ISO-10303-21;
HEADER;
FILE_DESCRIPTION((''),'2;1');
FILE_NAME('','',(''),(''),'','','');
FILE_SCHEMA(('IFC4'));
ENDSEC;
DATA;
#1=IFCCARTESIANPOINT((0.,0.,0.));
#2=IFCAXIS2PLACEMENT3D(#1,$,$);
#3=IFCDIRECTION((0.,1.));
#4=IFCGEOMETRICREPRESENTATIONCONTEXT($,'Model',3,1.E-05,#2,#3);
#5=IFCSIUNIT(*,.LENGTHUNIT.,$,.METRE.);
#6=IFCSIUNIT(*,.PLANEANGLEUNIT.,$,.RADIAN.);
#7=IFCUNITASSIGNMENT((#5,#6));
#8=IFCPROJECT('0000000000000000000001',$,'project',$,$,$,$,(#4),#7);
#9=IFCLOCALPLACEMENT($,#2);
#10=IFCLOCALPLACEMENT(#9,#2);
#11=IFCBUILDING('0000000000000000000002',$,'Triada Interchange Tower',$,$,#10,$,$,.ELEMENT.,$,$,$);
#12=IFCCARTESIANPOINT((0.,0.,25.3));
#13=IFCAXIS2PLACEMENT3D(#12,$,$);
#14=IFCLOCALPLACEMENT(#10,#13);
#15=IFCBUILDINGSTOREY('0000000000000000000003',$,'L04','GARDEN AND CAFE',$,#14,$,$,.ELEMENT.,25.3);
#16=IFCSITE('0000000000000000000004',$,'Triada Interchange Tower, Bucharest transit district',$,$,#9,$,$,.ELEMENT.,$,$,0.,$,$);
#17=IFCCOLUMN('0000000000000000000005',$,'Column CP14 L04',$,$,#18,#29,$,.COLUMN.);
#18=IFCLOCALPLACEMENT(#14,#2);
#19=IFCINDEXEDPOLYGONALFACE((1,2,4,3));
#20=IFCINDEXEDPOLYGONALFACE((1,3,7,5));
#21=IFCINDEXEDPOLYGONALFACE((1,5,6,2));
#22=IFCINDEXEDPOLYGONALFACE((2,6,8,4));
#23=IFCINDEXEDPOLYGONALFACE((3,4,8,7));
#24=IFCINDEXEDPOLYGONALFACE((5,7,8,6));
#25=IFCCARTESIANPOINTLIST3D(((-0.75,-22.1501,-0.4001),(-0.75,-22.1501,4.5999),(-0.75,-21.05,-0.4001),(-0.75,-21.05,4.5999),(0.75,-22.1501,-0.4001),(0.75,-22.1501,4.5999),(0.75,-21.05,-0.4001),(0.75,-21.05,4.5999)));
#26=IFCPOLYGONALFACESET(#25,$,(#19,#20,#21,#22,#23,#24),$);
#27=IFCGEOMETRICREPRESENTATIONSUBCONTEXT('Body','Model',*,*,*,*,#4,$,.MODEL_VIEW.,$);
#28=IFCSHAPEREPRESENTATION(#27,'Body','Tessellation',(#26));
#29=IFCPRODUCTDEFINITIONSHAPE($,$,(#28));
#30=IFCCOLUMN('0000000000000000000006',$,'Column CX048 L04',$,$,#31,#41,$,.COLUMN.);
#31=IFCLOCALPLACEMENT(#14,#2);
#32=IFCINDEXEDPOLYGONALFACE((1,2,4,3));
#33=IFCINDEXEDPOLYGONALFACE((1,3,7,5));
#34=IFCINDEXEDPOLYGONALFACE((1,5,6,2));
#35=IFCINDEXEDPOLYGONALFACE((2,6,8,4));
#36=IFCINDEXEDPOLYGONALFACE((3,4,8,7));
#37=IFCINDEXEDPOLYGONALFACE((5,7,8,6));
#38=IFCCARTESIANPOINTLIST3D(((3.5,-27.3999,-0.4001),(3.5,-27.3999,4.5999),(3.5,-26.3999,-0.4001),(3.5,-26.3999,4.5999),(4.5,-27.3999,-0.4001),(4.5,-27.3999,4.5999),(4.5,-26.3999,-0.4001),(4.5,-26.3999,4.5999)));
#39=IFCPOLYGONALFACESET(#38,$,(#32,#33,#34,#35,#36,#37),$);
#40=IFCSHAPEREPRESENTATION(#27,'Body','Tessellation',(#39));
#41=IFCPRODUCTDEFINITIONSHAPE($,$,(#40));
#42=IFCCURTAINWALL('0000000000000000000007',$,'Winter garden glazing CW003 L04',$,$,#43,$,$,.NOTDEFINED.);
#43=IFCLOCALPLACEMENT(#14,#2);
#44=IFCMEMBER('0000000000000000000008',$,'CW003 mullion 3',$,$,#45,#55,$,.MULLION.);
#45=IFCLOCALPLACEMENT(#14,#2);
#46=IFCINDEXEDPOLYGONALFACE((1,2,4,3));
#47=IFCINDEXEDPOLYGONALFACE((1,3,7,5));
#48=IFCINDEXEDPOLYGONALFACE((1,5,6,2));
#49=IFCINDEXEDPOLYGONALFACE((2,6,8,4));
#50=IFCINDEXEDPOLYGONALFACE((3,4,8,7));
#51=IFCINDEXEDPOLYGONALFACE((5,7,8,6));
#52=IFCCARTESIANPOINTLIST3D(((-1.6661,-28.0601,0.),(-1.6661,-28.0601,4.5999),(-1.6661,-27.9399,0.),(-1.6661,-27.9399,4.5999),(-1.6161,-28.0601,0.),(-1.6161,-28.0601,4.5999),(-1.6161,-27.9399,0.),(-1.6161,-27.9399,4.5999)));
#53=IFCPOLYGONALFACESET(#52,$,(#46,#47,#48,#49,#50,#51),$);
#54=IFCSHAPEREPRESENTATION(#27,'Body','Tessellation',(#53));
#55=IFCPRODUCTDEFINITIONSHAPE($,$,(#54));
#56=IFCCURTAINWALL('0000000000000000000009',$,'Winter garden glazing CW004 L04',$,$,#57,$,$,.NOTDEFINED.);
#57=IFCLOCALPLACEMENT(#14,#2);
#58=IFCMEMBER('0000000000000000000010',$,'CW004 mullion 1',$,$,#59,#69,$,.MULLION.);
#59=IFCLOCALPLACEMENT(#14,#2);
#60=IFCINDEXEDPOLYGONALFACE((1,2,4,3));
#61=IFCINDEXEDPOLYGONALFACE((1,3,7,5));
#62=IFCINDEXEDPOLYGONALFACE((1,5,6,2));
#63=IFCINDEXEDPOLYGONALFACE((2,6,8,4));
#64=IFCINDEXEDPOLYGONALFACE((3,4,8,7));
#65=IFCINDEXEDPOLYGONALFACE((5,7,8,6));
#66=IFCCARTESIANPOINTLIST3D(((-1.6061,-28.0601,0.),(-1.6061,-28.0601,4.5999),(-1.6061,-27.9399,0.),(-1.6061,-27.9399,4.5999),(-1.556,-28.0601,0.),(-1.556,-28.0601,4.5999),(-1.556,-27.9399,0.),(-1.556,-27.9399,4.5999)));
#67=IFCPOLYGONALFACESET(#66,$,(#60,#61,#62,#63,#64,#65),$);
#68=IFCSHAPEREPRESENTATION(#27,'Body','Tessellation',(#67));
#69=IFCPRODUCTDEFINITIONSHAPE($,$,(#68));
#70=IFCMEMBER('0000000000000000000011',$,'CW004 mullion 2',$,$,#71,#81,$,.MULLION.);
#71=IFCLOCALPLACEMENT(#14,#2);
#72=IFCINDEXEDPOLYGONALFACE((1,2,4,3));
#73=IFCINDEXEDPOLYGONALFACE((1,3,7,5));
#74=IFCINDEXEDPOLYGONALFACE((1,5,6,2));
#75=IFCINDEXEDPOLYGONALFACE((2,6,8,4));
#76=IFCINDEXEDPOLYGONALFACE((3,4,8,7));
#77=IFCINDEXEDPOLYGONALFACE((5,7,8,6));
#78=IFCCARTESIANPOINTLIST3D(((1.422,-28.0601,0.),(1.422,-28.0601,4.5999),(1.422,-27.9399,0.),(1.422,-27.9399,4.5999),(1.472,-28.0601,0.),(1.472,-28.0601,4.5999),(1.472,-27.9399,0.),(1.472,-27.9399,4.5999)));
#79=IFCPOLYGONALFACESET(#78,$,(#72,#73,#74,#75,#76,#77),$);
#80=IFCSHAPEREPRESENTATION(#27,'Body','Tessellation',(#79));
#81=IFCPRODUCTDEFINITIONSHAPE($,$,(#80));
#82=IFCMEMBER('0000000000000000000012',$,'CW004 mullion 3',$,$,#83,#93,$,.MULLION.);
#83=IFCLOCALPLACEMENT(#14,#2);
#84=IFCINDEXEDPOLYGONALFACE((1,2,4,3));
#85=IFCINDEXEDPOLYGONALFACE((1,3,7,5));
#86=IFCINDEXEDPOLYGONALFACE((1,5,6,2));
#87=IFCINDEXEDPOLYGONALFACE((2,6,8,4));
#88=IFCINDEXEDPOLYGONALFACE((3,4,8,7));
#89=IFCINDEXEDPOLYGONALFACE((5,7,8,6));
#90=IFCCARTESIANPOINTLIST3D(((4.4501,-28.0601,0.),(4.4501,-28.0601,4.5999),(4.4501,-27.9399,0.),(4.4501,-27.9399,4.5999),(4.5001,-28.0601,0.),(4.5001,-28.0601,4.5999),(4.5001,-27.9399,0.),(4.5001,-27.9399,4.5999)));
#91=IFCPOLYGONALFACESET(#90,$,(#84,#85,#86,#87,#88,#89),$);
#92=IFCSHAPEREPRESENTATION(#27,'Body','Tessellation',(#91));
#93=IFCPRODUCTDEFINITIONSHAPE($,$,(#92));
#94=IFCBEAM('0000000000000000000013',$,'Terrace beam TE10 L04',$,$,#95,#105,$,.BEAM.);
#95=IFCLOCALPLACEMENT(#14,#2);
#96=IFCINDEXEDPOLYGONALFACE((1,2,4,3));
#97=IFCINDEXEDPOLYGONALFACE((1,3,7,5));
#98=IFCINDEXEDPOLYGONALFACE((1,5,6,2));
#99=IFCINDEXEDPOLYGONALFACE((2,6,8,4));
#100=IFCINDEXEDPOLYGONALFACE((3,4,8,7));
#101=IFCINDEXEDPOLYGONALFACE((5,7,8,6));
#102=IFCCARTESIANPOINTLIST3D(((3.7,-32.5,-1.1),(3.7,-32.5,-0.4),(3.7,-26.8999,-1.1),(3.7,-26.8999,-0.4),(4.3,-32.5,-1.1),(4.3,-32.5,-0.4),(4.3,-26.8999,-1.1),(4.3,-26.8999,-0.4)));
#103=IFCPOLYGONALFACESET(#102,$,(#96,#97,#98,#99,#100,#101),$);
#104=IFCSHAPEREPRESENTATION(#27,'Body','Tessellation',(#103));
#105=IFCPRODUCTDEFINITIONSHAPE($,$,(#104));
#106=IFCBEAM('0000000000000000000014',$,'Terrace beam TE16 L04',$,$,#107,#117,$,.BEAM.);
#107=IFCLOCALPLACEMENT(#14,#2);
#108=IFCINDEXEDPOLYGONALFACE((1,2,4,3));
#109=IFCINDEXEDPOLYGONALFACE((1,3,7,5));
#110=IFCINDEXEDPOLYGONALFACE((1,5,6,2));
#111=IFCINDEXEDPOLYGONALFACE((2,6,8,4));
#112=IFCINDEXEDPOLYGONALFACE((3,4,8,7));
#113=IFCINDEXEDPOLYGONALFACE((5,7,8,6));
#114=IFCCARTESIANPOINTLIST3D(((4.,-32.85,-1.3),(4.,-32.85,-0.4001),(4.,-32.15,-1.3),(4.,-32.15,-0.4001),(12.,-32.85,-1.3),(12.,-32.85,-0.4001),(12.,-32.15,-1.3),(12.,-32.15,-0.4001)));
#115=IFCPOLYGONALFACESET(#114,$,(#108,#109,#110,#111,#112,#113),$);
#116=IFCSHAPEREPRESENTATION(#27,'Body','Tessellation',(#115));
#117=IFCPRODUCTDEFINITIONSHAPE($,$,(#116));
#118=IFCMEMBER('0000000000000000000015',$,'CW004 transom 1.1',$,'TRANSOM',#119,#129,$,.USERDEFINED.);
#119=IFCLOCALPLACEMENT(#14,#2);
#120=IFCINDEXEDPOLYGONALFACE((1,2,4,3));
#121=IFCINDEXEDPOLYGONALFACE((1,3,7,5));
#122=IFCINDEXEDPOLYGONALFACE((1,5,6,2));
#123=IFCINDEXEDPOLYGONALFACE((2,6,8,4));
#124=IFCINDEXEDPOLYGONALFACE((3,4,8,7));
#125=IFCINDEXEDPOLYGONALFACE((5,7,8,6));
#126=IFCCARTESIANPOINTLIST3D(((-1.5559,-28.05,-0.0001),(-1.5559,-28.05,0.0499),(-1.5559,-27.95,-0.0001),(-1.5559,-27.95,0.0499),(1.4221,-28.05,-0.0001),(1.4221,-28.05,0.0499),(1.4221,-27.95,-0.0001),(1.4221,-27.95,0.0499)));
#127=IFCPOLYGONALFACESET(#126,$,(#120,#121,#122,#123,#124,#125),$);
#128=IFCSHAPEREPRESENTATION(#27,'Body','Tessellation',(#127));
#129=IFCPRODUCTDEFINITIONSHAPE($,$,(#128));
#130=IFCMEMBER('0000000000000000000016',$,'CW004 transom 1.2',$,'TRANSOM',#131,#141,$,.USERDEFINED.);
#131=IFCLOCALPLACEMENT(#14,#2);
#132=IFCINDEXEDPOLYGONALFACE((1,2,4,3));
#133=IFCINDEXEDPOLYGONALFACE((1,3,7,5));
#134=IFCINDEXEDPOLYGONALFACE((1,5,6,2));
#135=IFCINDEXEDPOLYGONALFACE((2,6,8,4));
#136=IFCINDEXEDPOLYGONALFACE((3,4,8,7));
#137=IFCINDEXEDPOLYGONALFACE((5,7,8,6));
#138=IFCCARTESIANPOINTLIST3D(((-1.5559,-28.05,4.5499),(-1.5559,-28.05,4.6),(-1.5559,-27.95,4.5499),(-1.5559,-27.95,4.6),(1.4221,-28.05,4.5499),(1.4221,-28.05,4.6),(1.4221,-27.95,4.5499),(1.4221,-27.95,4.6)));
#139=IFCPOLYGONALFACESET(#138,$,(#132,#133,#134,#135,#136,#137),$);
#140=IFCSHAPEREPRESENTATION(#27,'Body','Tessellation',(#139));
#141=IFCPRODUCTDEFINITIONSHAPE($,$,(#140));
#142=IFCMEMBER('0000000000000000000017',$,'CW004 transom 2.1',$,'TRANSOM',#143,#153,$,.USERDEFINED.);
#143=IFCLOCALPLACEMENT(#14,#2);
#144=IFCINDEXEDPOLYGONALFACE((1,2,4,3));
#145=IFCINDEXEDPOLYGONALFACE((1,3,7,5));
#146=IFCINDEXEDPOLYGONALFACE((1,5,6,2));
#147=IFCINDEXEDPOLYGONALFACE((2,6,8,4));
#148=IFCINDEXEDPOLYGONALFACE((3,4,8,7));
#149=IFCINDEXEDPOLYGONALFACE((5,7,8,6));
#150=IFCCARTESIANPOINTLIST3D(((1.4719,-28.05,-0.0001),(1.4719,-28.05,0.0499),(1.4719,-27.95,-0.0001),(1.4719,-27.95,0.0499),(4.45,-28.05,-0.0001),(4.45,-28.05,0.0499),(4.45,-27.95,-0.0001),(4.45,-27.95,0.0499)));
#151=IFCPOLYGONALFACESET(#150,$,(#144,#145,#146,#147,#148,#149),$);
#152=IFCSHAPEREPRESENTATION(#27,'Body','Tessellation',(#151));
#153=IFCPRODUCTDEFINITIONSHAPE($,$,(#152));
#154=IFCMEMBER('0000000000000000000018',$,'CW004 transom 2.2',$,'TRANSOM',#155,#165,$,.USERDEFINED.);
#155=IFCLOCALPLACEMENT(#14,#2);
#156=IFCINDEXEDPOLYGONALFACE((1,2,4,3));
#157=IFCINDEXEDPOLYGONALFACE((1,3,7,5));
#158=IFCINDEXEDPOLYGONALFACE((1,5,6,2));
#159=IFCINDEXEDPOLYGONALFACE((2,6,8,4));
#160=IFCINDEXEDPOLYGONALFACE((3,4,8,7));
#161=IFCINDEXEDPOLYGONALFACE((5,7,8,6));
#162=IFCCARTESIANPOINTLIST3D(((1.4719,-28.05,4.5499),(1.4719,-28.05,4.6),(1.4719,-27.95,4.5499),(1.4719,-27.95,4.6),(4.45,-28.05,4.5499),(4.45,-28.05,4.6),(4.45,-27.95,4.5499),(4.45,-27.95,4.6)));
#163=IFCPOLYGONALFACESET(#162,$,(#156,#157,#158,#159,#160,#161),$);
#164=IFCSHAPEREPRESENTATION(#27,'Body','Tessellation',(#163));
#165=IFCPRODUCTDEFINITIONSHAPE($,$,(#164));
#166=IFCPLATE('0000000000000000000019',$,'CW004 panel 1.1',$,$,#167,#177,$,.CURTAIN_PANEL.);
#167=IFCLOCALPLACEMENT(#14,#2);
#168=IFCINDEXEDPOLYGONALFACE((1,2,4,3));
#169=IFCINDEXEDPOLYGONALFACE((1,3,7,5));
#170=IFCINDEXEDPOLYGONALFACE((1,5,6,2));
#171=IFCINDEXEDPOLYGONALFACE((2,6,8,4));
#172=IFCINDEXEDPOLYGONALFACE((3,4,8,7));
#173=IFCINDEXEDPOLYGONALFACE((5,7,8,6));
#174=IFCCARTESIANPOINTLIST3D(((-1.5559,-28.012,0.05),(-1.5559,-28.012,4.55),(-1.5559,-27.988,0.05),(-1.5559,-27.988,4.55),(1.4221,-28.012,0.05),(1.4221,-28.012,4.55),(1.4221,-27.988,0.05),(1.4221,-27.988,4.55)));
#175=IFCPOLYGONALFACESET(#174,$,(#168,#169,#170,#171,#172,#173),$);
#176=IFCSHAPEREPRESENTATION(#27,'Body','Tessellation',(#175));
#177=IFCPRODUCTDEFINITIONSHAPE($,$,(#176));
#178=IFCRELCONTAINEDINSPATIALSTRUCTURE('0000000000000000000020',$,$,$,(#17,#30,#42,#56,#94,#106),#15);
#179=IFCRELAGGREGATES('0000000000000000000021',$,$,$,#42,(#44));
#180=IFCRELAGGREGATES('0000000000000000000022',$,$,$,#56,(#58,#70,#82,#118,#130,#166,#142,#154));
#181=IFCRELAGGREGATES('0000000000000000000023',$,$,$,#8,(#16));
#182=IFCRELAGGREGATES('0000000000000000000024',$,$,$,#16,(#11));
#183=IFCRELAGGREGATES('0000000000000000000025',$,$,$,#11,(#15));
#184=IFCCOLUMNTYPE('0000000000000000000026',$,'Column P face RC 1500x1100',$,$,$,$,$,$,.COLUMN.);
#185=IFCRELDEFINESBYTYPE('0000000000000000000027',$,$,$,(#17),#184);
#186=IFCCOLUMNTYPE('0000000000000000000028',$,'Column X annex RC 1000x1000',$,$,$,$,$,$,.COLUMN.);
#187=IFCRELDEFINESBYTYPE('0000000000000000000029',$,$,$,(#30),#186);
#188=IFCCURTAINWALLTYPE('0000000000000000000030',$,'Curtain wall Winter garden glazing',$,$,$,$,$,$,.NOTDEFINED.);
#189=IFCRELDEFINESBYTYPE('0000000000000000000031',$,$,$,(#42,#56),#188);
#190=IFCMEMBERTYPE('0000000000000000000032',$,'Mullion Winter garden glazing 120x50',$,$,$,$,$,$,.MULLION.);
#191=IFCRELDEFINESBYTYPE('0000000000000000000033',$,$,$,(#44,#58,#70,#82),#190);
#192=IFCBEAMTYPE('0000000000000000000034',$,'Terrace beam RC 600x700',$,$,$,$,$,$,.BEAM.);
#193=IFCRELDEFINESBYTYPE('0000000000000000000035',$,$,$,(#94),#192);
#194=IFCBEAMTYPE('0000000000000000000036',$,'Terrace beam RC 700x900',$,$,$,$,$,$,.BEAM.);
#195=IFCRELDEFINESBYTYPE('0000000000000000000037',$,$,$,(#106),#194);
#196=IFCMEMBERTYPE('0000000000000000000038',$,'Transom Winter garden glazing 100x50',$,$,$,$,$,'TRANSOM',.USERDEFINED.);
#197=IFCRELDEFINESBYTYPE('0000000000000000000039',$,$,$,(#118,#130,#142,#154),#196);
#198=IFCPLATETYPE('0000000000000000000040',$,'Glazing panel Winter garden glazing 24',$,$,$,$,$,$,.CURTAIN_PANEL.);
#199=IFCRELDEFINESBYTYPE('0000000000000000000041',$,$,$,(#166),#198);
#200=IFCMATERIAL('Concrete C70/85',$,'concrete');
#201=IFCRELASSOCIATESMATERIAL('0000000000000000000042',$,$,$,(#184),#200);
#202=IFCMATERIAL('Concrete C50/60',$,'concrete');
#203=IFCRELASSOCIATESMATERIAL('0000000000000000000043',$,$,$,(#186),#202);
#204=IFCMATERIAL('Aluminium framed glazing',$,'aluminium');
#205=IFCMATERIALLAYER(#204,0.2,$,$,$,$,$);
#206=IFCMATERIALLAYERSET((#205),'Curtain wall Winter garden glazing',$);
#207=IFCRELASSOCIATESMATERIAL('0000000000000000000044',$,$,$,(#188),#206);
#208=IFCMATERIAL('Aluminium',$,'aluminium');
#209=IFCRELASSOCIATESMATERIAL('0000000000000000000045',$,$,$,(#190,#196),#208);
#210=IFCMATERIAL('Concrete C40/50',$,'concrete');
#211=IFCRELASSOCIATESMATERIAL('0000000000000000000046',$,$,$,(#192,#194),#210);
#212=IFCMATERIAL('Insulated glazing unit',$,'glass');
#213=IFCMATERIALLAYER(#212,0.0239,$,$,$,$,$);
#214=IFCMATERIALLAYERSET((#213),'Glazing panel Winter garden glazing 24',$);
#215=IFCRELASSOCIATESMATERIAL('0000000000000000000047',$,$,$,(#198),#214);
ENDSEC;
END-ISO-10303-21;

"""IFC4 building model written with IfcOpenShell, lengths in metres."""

from ifc_helpers import new_model, si_unit, direction, frame, origin, origin_2d, place, context, subcontext, project, spatial, rectangle, extrude, material, layer, layer_set, material_profile, profile_set, type_object, element, aggregate, save


model = new_model("IFC4")

# Units and contexts
model_context = context("Model", 3, precision=1e-05, world=origin(), true_north=direction((0.0, 1.0)))
body_context = subcontext(model_context, "Body", "Model", "MODEL_VIEW")
ifc_project = project(units=[si_unit("LENGTHUNIT", "METRE"), si_unit("PLANEANGLEUNIT", "RADIAN")], contexts=[model_context])

# Site, building, storey
site_placement = place(None, origin())
site = spatial("IfcSite", under=ifc_project, at=site_placement, Name="Triada Interchange Tower, Bucharest transit district", CompositionType="ELEMENT", RefElevation=0.0)
building_placement = place(site_placement, origin())
building = spatial("IfcBuilding", under=site, at=building_placement, Name="Triada Interchange Tower", CompositionType="ELEMENT")
storey_placement = place(building_placement, frame((0.0, 0.0, 25.3)))
storey = spatial("IfcBuildingStorey", under=building, at=storey_placement, Name="L04", Description="GARDEN AND CAFE", CompositionType="ELEMENT", Elevation=25.3)

# Columns
ifc_material_1 = material(Name="Concrete C70/85", Category="concrete")
ifc_material_profile_1 = material_profile(ifc_material_1, rectangle(XDim=1.5, YDim=1.1001, at=origin_2d()), Name="RC 1500x1100")
ifc_profile_set_1 = profile_set([ifc_material_profile_1], Name="Concrete C70/85")
column_type_1 = type_object("IfcColumnType", Name="Column P face RC 1500x1100", PredefinedType="COLUMN", material=ifc_profile_set_1)
column_1_placement = place(storey_placement, frame((0.0, -21.6001, -0.4001), z_axis=(0.0, 0.0, 1.0), x_axis=(1.0, 0.0, 0.0)))
element("IfcColumn", 1, at=column_1_placement, inside=storey, type_object=column_type_1, Name="Column CP14 L04", PredefinedType="COLUMN", context=body_context, shape_type="SweptSolid", body=[
    extrude(rectangle(XDim=1.5, YDim=1.1001, at=origin_2d()), origin(), (0.0, 0.0, 1.0), 5.0),
])
ifc_material_2 = material(Name="Concrete C50/60", Category="concrete")
ifc_material_profile_2 = material_profile(ifc_material_2, rectangle(XDim=1.0, YDim=1.0, at=origin_2d()), Name="RC 1000x1000")
ifc_profile_set_2 = profile_set([ifc_material_profile_2], Name="Concrete C50/60")
column_type_2 = type_object("IfcColumnType", Name="Column X annex RC 1000x1000", PredefinedType="COLUMN", material=ifc_profile_set_2)
column_2_placement = place(storey_placement, frame((4.0, -26.8999, -0.4001), z_axis=(0.0, 0.0, 1.0), x_axis=(1.0, 0.0, 0.0)))
element("IfcColumn", 2, at=column_2_placement, inside=storey, type_object=column_type_2, Name="Column CX048 L04", PredefinedType="COLUMN", context=body_context, shape_type="SweptSolid", body=[
    extrude(rectangle(XDim=1.0, YDim=1.0, at=origin_2d()), origin(), (0.0, 0.0, 1.0), 5.0),
])

# Curtain wall, member
ifc_material_3 = material(Name="Aluminium framed glazing", Category="aluminium")
ifc_layer_1 = layer(ifc_material_3, 0.2)
ifc_layer_set_1 = layer_set([ifc_layer_1], Name="Curtain wall Winter garden glazing")
curtain_wall_type = type_object("IfcCurtainWallType", Name="Curtain wall Winter garden glazing", PredefinedType="NOTDEFINED", material=ifc_layer_set_1)
curtain_wall_1_placement = place(storey_placement, origin())
curtain_wall_1 = element("IfcCurtainWall", 3, at=curtain_wall_1_placement, inside=storey, type_object=curtain_wall_type, Name="Winter garden glazing CW003 L04", PredefinedType="NOTDEFINED")
ifc_material_4 = material(Name="Aluminium", Category="aluminium")
ifc_material_profile_3 = material_profile(ifc_material_4, rectangle(XDim=0.1201, YDim=0.05, at=origin_2d()), Name="Aluminium mullion")
ifc_profile_set_3 = profile_set([ifc_material_profile_3], Name="Aluminium")
member_type_1 = type_object("IfcMemberType", Name="Mullion Winter garden glazing 120x50", PredefinedType="MULLION", material=ifc_profile_set_3)
member_1_placement = place(storey_placement, frame((-1.6411, -28.0, 0.0), z_axis=(0.0, 0.0, 1.0), x_axis=(0.0, 1.0, 0.0)))
member_1 = element("IfcMember", 4, at=member_1_placement, type_object=member_type_1, Name="CW003 mullion 3", PredefinedType="MULLION", context=body_context, shape_type="SweptSolid", body=[
    extrude(rectangle(XDim=0.1201, YDim=0.05, at=origin_2d()), origin(), (0.0, 0.0, 1.0), 4.5999),
])
aggregate(curtain_wall_1, [member_1])

# Curtain wall, members
curtain_wall_2_placement = place(storey_placement, origin())
curtain_wall_2 = element("IfcCurtainWall", 5, at=curtain_wall_2_placement, inside=storey, type_object=curtain_wall_type, Name="Winter garden glazing CW004 L04", PredefinedType="NOTDEFINED")
member_2_placement = place(storey_placement, frame((-1.5811, -28.0, 0.0), z_axis=(0.0, 0.0, 1.0), x_axis=(0.0, 1.0, 0.0)))
member_2 = element("IfcMember", 6, at=member_2_placement, type_object=member_type_1, Name="CW004 mullion 1", PredefinedType="MULLION", context=body_context, shape_type="SweptSolid", body=[
    extrude(rectangle(XDim=0.1201, YDim=0.05, at=origin_2d()), origin(), (0.0, 0.0, 1.0), 4.5999),
])
member_3_placement = place(storey_placement, frame((1.447, -28.0, 0.0), z_axis=(0.0, 0.0, 1.0), x_axis=(0.0, 1.0, 0.0)))
member_3 = element("IfcMember", 7, at=member_3_placement, type_object=member_type_1, Name="CW004 mullion 2", PredefinedType="MULLION", context=body_context, shape_type="SweptSolid", body=[
    extrude(rectangle(XDim=0.1201, YDim=0.05, at=origin_2d()), origin(), (0.0, 0.0, 1.0), 4.5999),
])
member_4_placement = place(storey_placement, frame((4.4751, -28.0, 0.0), z_axis=(0.0, 0.0, 1.0), x_axis=(0.0, 1.0, 0.0)))
member_4 = element("IfcMember", 8, at=member_4_placement, type_object=member_type_1, Name="CW004 mullion 3", PredefinedType="MULLION", context=body_context, shape_type="SweptSolid", body=[
    extrude(rectangle(XDim=0.1201, YDim=0.05, at=origin_2d()), origin(), (0.0, 0.0, 1.0), 4.5999),
])

# Beams
ifc_material_5 = material(Name="Concrete C40/50", Category="concrete")
ifc_material_profile_4 = material_profile(ifc_material_5, rectangle(XDim=0.6001, YDim=0.7, at=origin_2d()), Name="RC 600x700")
ifc_profile_set_4 = profile_set([ifc_material_profile_4], Name="Concrete C40/50")
beam_type_1 = type_object("IfcBeamType", Name="Terrace beam RC 600x700", PredefinedType="BEAM", material=ifc_profile_set_4)
beam_1_placement = place(storey_placement, frame((4.0, -32.5, -0.75), z_axis=(0.0, 1.0, 0.0), x_axis=(-1.0, 0.0, 0.0)))
element("IfcBeam", 9, at=beam_1_placement, inside=storey, type_object=beam_type_1, Name="Terrace beam TE10 L04", PredefinedType="BEAM", context=body_context, shape_type="SweptSolid", body=[
    extrude(rectangle(XDim=0.6001, YDim=0.7, at=origin_2d()), origin(), (0.0, 0.0, 1.0), 5.6001),
])
ifc_material_profile_5 = material_profile(ifc_material_5, rectangle(XDim=0.7, YDim=0.8999, at=origin_2d()), Name="RC 700x900")
ifc_profile_set_5 = profile_set([ifc_material_profile_5], Name="Concrete C40/50")
beam_type_2 = type_object("IfcBeamType", Name="Terrace beam RC 700x900", PredefinedType="BEAM", material=ifc_profile_set_5)
beam_2_placement = place(storey_placement, frame((4.0, -32.5, -0.8501), z_axis=(1.0, 0.0, 0.0), x_axis=(0.0, 1.0, 0.0)))
element("IfcBeam", 10, at=beam_2_placement, inside=storey, type_object=beam_type_2, Name="Terrace beam TE16 L04", PredefinedType="BEAM", context=body_context, shape_type="SweptSolid", body=[
    extrude(rectangle(XDim=0.7, YDim=0.8999, at=origin_2d()), origin(), (0.0, 0.0, 1.0), 8.0),
])

# Members
ifc_material_profile_6 = material_profile(ifc_material_4, rectangle(XDim=0.1001, YDim=0.05, at=origin_2d()), Name="Aluminium transom")
ifc_profile_set_6 = profile_set([ifc_material_profile_6], Name="Aluminium")
member_type_2 = type_object("IfcMemberType", Name="Transom Winter garden glazing 100x50", ElementType="TRANSOM", PredefinedType="USERDEFINED", material=ifc_profile_set_6)
member_5_placement = place(storey_placement, frame((-1.5559, -28.0, 0.0249), z_axis=(1.0, 0.0, 0.0), x_axis=(0.0, 1.0, 0.0)))
member_5 = element("IfcMember", 11, at=member_5_placement, type_object=member_type_2, Name="CW004 transom 1.1", ObjectType="TRANSOM", PredefinedType="USERDEFINED", context=body_context, shape_type="SweptSolid", body=[
    extrude(rectangle(XDim=0.1001, YDim=0.05, at=origin_2d()), origin(), (0.0, 0.0, 1.0), 2.978),
])
member_6_placement = place(storey_placement, frame((-1.5559, -28.0, 4.575), z_axis=(1.0, 0.0, 0.0), x_axis=(0.0, 1.0, 0.0)))
member_6 = element("IfcMember", 12, at=member_6_placement, type_object=member_type_2, Name="CW004 transom 1.2", ObjectType="TRANSOM", PredefinedType="USERDEFINED", context=body_context, shape_type="SweptSolid", body=[
    extrude(rectangle(XDim=0.1001, YDim=0.05, at=origin_2d()), origin(), (0.0, 0.0, 1.0), 2.978),
])
member_7_placement = place(storey_placement, frame((1.4719, -28.0, 0.0249), z_axis=(1.0, 0.0, 0.0), x_axis=(0.0, 1.0, 0.0)))
member_7 = element("IfcMember", 13, at=member_7_placement, type_object=member_type_2, Name="CW004 transom 2.1", ObjectType="TRANSOM", PredefinedType="USERDEFINED", context=body_context, shape_type="SweptSolid", body=[
    extrude(rectangle(XDim=0.1001, YDim=0.05, at=origin_2d()), origin(), (0.0, 0.0, 1.0), 2.978),
])
member_8_placement = place(storey_placement, frame((1.4719, -28.0, 4.575), z_axis=(1.0, 0.0, 0.0), x_axis=(0.0, 1.0, 0.0)))
member_8 = element("IfcMember", 14, at=member_8_placement, type_object=member_type_2, Name="CW004 transom 2.2", ObjectType="TRANSOM", PredefinedType="USERDEFINED", context=body_context, shape_type="SweptSolid", body=[
    extrude(rectangle(XDim=0.1001, YDim=0.05, at=origin_2d()), origin(), (0.0, 0.0, 1.0), 2.978),
])

# Plate
ifc_material_6 = material(Name="Insulated glazing unit", Category="glass")
ifc_layer_2 = layer(ifc_material_6, 0.0239)
ifc_layer_set_2 = layer_set([ifc_layer_2], Name="Glazing panel Winter garden glazing 24")
plate_type = type_object("IfcPlateType", Name="Glazing panel Winter garden glazing 24", PredefinedType="CURTAIN_PANEL", material=ifc_layer_set_2)
plate_1_placement = place(storey_placement, frame((-0.0669, -28.0, 0.05), z_axis=(0.0, 0.0, 1.0), x_axis=(1.0, 0.0, 0.0)))
plate_1 = element("IfcPlate", 15, at=plate_1_placement, type_object=plate_type, Name="CW004 panel 1.1", PredefinedType="CURTAIN_PANEL", context=body_context, shape_type="SweptSolid", body=[
    extrude(rectangle(XDim=2.978, YDim=0.0239, at=origin_2d()), origin(), (0.0, 0.0, 1.0), 4.5),
])
aggregate(curtain_wall_2, [member_2, member_3, member_4, member_5, member_6, plate_1, member_7, member_8])

save(model, "model.ifc")
